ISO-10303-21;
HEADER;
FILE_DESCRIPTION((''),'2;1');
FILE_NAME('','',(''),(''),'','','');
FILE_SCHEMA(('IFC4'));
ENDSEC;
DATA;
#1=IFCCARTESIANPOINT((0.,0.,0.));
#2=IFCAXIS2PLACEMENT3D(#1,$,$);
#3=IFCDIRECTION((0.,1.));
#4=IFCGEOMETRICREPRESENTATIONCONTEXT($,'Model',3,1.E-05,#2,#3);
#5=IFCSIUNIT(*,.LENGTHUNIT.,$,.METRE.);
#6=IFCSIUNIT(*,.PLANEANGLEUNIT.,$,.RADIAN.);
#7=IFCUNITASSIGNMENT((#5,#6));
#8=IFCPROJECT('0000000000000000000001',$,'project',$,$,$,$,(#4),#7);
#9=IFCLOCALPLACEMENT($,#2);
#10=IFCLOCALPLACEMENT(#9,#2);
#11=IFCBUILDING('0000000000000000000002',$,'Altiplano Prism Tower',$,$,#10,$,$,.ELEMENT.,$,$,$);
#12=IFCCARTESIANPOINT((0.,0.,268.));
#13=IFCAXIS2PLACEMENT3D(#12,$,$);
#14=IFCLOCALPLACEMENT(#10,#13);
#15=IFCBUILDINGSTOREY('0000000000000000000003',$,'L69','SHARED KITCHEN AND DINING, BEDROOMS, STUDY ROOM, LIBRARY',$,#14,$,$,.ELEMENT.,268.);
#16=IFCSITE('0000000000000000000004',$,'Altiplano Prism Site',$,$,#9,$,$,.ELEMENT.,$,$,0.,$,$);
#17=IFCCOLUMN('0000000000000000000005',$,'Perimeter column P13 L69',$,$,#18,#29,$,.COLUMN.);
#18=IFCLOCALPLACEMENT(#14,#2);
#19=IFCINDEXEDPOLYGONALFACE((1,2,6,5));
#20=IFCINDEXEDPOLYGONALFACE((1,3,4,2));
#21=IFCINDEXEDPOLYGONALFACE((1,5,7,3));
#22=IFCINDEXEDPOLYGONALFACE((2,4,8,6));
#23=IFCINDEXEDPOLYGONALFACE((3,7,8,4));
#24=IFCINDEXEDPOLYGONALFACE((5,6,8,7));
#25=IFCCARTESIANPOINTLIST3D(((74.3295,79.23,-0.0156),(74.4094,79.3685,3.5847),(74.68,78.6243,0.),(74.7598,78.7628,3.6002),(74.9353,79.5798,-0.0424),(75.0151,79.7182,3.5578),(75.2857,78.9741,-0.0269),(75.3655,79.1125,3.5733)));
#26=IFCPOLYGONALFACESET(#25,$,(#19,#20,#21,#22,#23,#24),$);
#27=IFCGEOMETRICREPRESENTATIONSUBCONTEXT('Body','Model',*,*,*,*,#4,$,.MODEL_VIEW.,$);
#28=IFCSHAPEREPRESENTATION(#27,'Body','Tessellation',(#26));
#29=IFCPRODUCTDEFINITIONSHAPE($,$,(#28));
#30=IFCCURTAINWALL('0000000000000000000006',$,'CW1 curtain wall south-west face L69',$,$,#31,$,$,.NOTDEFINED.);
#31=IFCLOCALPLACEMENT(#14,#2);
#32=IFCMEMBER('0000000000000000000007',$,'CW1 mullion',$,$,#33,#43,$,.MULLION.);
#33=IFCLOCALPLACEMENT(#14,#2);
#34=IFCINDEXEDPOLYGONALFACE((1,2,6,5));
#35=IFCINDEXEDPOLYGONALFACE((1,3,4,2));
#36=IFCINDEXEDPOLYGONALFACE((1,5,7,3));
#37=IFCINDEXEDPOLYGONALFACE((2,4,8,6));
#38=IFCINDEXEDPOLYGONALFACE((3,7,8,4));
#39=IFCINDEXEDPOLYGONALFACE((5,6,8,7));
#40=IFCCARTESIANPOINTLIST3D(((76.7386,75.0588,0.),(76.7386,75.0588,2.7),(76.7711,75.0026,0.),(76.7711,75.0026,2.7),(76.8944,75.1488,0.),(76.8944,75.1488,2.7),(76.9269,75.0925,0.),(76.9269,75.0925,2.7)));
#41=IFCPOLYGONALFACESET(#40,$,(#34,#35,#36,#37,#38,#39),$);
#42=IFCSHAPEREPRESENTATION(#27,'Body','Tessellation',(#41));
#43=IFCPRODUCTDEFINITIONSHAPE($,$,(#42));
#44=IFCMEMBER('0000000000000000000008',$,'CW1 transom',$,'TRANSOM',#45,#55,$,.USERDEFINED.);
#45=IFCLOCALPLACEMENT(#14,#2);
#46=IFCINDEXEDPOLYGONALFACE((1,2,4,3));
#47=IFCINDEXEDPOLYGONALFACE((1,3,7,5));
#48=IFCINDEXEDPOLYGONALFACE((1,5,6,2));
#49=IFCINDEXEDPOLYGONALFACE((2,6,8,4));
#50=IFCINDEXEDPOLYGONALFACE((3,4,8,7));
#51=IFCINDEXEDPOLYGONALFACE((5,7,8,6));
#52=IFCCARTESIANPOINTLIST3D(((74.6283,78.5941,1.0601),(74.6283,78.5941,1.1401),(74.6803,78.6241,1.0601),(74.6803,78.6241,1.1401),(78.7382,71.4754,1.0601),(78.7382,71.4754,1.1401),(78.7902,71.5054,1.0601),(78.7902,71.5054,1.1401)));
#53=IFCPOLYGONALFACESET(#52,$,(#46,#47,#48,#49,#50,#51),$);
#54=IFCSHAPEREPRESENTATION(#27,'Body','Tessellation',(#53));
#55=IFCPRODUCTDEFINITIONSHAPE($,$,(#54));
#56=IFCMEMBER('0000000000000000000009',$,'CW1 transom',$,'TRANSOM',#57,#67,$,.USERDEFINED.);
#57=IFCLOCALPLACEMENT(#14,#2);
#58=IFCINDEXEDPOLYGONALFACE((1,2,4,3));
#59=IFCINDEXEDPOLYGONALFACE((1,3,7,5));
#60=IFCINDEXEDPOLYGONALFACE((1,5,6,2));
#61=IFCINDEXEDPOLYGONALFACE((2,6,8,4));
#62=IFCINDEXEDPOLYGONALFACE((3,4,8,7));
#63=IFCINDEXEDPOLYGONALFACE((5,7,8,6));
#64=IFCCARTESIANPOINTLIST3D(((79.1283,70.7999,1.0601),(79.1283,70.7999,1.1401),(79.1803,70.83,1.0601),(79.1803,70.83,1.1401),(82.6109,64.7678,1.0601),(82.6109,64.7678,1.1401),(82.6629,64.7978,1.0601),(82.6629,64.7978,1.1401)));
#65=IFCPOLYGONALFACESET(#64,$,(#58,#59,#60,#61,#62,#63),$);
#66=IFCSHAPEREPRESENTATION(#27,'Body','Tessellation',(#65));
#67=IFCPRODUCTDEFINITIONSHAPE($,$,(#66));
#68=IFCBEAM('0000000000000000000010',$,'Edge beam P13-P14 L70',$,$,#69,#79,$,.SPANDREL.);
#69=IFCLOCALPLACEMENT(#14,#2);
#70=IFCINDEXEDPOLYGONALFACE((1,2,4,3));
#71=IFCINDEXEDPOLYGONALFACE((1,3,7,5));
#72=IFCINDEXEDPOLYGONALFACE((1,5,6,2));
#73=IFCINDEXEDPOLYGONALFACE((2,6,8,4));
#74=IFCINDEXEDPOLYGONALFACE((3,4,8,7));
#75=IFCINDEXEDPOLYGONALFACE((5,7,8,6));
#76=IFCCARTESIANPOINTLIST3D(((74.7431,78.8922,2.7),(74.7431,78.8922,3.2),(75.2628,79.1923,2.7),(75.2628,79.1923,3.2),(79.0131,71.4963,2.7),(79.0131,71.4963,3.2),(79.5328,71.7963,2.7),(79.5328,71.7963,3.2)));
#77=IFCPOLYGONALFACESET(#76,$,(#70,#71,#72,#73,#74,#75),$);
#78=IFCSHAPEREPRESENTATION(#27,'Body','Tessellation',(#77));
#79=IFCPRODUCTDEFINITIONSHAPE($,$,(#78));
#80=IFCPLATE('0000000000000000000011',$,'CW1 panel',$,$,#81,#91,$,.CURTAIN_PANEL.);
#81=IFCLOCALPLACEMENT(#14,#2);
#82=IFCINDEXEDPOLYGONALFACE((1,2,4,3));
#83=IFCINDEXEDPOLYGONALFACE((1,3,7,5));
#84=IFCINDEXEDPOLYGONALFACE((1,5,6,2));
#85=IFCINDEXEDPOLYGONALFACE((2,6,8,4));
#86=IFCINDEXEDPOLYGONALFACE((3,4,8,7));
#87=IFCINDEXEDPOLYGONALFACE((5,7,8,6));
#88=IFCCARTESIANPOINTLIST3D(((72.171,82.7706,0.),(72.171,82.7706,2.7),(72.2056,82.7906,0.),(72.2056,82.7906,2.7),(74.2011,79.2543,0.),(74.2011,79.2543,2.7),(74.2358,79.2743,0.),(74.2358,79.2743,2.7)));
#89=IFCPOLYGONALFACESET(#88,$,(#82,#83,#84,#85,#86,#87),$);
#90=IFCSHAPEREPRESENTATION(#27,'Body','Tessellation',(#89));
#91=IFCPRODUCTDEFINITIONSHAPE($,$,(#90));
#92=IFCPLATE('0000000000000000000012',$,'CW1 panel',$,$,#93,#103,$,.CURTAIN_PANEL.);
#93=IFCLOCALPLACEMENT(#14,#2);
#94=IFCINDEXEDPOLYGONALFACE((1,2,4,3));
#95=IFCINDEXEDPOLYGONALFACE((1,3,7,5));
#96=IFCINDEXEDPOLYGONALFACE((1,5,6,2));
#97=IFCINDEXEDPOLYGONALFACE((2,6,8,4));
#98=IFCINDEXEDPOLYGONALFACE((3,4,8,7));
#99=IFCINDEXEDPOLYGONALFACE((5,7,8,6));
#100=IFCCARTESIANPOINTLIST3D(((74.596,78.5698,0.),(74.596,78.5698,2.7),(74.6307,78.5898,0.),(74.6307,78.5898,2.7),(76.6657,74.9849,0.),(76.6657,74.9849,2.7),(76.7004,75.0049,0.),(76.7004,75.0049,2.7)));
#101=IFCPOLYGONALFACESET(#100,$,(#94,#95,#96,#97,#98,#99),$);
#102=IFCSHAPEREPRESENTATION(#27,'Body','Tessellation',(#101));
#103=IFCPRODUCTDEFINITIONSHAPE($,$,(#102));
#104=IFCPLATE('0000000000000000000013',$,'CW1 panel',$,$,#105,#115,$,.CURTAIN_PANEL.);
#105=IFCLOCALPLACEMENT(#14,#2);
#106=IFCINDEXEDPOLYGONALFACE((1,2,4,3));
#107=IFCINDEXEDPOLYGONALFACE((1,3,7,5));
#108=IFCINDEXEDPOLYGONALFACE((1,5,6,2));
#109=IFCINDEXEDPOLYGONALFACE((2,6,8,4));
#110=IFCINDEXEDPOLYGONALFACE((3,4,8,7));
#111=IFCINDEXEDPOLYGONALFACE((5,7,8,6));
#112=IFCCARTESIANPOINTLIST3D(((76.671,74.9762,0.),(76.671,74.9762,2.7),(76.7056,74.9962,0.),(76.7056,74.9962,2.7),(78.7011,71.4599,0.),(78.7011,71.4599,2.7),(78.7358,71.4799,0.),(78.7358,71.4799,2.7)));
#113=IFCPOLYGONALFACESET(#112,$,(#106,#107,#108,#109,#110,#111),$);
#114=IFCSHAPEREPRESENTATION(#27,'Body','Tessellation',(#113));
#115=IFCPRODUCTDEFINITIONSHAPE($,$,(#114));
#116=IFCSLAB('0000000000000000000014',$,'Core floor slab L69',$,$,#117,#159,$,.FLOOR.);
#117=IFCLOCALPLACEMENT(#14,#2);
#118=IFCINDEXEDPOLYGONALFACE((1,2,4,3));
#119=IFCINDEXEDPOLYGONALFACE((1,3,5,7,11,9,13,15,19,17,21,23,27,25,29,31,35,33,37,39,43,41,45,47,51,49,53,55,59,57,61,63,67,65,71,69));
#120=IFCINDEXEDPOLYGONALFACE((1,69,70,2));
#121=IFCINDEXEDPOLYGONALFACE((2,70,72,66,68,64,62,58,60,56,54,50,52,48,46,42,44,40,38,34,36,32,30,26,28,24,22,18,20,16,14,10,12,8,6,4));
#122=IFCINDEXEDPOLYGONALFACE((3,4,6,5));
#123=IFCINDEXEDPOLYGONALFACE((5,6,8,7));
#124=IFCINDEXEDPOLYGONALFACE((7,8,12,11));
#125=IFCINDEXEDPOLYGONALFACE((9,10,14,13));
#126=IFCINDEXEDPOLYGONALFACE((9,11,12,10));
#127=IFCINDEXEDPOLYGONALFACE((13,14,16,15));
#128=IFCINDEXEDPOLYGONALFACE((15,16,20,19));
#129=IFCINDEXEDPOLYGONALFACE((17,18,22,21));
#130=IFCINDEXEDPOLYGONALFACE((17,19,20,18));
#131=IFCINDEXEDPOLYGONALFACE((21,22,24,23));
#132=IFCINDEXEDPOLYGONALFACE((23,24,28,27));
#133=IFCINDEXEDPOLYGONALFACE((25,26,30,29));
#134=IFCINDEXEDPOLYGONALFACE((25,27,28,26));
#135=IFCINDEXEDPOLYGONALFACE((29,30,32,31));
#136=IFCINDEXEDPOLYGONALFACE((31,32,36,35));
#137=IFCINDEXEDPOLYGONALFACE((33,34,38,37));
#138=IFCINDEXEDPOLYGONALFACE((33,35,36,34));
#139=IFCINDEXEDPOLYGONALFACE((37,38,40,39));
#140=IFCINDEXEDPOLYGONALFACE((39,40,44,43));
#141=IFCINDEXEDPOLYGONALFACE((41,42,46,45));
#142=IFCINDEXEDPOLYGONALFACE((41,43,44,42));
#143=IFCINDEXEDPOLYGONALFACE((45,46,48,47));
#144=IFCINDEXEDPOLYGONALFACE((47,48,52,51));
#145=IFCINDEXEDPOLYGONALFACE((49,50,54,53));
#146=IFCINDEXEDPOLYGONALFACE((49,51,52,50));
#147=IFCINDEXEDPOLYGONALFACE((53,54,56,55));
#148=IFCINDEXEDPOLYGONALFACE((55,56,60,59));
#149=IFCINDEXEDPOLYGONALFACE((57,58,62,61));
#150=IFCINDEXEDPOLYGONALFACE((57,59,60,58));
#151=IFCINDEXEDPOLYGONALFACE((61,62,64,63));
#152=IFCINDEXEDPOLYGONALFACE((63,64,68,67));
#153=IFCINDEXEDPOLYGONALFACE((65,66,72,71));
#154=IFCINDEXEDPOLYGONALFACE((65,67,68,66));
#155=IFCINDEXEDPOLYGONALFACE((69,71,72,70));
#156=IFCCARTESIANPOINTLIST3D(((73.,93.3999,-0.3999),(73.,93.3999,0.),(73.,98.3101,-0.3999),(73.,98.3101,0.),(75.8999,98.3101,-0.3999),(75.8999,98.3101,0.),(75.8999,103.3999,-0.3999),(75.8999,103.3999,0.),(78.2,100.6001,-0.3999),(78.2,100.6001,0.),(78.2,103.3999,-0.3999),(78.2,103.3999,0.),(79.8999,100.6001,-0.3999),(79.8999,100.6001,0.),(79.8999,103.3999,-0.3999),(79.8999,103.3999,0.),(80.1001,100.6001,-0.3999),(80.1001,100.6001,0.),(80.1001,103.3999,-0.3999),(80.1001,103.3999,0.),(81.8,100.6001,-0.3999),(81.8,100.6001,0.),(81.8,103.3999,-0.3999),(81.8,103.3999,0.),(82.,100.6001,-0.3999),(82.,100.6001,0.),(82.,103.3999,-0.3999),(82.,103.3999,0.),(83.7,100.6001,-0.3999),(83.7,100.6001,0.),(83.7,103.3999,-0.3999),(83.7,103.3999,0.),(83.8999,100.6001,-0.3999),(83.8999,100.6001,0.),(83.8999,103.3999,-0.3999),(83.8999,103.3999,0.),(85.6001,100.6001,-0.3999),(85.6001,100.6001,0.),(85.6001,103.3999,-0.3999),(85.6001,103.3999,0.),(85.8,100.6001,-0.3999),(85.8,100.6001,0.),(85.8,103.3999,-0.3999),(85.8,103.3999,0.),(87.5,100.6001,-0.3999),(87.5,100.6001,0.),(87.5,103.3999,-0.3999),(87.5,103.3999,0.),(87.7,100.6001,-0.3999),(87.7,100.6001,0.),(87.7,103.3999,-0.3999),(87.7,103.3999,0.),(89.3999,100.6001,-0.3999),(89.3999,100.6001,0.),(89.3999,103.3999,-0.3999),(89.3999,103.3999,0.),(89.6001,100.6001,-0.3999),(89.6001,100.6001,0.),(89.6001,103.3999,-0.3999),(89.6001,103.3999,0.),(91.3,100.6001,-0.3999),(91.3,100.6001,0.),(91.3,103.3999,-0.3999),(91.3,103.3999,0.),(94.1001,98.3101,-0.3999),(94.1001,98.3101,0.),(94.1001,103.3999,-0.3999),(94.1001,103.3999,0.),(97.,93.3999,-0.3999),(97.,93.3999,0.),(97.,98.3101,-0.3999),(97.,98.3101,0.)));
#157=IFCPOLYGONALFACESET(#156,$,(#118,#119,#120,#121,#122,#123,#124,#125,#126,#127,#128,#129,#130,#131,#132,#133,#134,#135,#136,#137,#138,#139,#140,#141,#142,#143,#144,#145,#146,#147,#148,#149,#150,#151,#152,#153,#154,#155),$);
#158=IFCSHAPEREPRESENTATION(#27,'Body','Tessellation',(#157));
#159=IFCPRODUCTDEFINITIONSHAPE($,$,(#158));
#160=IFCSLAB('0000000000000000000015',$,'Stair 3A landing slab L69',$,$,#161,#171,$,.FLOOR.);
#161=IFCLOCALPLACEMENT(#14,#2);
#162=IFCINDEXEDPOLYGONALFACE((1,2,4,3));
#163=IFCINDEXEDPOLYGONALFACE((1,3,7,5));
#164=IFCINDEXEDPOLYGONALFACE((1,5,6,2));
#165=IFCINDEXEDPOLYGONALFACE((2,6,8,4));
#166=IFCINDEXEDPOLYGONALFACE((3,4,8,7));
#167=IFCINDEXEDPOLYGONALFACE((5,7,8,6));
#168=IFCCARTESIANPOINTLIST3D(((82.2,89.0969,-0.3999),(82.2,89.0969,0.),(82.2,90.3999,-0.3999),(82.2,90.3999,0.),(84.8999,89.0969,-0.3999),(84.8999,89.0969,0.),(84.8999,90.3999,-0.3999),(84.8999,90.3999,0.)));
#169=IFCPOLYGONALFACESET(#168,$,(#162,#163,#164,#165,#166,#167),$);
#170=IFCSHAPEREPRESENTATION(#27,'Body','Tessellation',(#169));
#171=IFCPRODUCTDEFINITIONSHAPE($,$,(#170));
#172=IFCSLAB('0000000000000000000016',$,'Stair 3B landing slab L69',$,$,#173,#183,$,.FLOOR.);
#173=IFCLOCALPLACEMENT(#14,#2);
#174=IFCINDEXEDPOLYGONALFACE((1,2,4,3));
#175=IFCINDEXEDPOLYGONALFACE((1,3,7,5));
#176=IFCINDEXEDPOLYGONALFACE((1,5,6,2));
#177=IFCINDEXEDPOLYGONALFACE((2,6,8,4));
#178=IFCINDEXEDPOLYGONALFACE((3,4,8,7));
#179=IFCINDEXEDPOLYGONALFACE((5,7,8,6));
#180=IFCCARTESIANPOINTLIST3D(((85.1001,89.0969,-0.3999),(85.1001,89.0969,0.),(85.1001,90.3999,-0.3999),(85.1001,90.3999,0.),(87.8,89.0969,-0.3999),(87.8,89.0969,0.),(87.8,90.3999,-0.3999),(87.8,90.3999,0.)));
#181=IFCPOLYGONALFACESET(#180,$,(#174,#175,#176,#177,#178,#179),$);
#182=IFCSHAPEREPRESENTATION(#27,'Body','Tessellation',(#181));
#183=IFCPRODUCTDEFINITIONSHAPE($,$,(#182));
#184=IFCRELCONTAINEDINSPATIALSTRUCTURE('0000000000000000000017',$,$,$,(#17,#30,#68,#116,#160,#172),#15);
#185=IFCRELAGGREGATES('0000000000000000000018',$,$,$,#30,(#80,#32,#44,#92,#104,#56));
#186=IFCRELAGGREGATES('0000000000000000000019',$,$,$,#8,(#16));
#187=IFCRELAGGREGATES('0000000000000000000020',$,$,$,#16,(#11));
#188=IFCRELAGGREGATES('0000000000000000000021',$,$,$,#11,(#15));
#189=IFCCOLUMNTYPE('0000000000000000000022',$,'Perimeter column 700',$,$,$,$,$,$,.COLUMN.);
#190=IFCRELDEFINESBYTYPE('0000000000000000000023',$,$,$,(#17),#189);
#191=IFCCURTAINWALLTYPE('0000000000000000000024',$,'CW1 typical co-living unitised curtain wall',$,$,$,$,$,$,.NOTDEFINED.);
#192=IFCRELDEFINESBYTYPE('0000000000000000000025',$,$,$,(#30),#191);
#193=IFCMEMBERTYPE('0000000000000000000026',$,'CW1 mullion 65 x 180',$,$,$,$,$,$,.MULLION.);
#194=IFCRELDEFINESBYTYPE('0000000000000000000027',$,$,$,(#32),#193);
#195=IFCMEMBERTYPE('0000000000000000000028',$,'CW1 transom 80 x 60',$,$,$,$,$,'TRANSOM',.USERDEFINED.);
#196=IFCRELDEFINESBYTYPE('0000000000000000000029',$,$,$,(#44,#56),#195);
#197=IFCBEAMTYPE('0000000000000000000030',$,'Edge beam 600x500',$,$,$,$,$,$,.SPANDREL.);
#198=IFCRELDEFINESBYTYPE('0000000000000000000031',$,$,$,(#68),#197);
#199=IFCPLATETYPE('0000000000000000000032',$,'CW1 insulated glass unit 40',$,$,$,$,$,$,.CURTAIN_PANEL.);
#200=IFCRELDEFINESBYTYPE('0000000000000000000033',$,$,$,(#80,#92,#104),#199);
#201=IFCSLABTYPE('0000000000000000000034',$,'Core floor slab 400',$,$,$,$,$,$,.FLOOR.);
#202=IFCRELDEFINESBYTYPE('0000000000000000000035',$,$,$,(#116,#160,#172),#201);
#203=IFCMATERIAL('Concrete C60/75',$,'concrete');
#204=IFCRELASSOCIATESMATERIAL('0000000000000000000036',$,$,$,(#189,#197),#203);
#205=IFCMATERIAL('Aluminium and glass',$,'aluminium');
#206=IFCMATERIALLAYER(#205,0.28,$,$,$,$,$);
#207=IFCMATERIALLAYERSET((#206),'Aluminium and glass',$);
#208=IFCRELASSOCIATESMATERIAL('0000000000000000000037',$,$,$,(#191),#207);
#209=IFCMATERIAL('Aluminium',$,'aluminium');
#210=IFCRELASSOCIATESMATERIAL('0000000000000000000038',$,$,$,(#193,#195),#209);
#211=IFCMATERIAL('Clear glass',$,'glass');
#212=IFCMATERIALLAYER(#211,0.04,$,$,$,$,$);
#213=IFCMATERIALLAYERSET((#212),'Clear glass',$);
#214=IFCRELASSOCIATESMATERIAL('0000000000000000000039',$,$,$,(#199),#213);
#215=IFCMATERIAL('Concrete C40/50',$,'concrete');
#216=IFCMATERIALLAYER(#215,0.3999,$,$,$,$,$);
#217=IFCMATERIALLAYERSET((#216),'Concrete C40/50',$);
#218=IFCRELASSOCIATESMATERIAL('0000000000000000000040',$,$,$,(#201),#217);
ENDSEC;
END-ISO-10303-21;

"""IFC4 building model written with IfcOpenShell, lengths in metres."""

from ifc_helpers import new_model, si_unit, direction, frame, origin, origin_2d, place, context, subcontext, project, spatial, polyline, rectangle, outline, extrude, material, layer, layer_set, material_profile, profile_set, type_object, element, aggregate, save


model = new_model("IFC4")

# Units and contexts
model_context = context("Model", 3, precision=1e-05, world=origin(), true_north=direction((0.0, 1.0)))
body_context = subcontext(model_context, "Body", "Model", "MODEL_VIEW")
ifc_project = project(units=[si_unit("LENGTHUNIT", "METRE"), si_unit("PLANEANGLEUNIT", "RADIAN")], contexts=[model_context])

# Site, building, storey
site_placement = place(None, origin())
site = spatial("IfcSite", under=ifc_project, at=site_placement, Name="Altiplano Prism Site", CompositionType="ELEMENT", RefElevation=0.0)
building_placement = place(site_placement, origin())
building = spatial("IfcBuilding", under=site, at=building_placement, Name="Altiplano Prism Tower", CompositionType="ELEMENT")
storey_placement = place(building_placement, frame((0.0, 0.0, 268.0)))
storey = spatial("IfcBuildingStorey", under=building, at=storey_placement, Name="L69", Description="SHARED KITCHEN AND DINING, BEDROOMS, STUDY ROOM, LIBRARY", CompositionType="ELEMENT", Elevation=268.0)

# Column
ifc_material_1 = material(Name="Concrete C60/75", Category="concrete")
ifc_material_profile_1 = material_profile(ifc_material_1, rectangle(XDim=0.7, YDim=0.7, at=origin_2d()), Name="Perimeter column 700")
ifc_profile_set_1 = profile_set([ifc_material_profile_1], Name="Concrete C60/75")
column_type = type_object("IfcColumnType", Name="Perimeter column 700", PredefinedType="COLUMN", material=ifc_profile_set_1)
column_placement = place(storey_placement, frame((74.8076, 79.1021, -0.0212), z_axis=(0.022154, 0.038413, 0.999016), x_axis=(-0.865362, -0.499674, 0.038403)))
element("IfcColumn", 1, at=column_placement, inside=storey, type_object=column_type, Name="Perimeter column P13 L69", PredefinedType="COLUMN", context=body_context, shape_type="SweptSolid", body=[
    extrude(rectangle(XDim=0.7, YDim=0.7, at=origin_2d()), origin(), (0.0, 0.0, 1.0), 3.6038),
])

# Curtain wall, members
ifc_material_2 = material(Name="Aluminium and glass", Category="aluminium")
ifc_layer_1 = layer(ifc_material_2, 0.28)
ifc_layer_set_1 = layer_set([ifc_layer_1], Name="Aluminium and glass")
curtain_wall_type = type_object("IfcCurtainWallType", Name="CW1 typical co-living unitised curtain wall", PredefinedType="NOTDEFINED", material=ifc_layer_set_1)
curtain_wall_placement = place(storey_placement, origin())
curtain_wall = element("IfcCurtainWall", 2, at=curtain_wall_placement, inside=storey, type_object=curtain_wall_type, Name="CW1 curtain wall south-west face L69", PredefinedType="NOTDEFINED")
ifc_material_3 = material(Name="Aluminium", Category="aluminium")
ifc_material_profile_2 = material_profile(ifc_material_3, rectangle(XDim=0.1799, YDim=0.0649, at=origin_2d()), Name="CW1 mullion 65 x 180")
ifc_profile_set_2 = profile_set([ifc_material_profile_2], Name="Aluminium")
member_type_1 = type_object("IfcMemberType", Name="CW1 mullion 65 x 180", PredefinedType="MULLION", material=ifc_profile_set_2)
member_1_placement = place(storey_placement, frame((76.8328, 75.0757, 0.0), z_axis=(0.0, 0.0, 1.0), x_axis=(0.866025, 0.5, 0.0)))
member_1 = element("IfcMember", 3, at=member_1_placement, type_object=member_type_1, Name="CW1 mullion", PredefinedType="MULLION", context=body_context, shape_type="SweptSolid", body=[
    extrude(rectangle(XDim=0.1799, YDim=0.0649, at=origin_2d()), origin(), (0.0, 0.0, 1.0), 2.7),
])
ifc_material_profile_3 = material_profile(ifc_material_3, rectangle(XDim=0.0601, YDim=0.0801, at=origin_2d()), Name="CW1 transom 80 x 60")
ifc_profile_set_3 = profile_set([ifc_material_profile_3], Name="Aluminium")
member_type_2 = type_object("IfcMemberType", Name="CW1 transom 80 x 60", ElementType="TRANSOM", PredefinedType="USERDEFINED", material=ifc_profile_set_3)
member_2_placement = place(storey_placement, frame((74.6543, 78.6091, 1.1001), z_axis=(0.499992, -0.86603, 0.0), x_axis=(0.86603, 0.499992, 0.0)))
member_2 = element("IfcMember", 4, at=member_2_placement, type_object=member_type_2, Name="CW1 transom", ObjectType="TRANSOM", PredefinedType="USERDEFINED", context=body_context, shape_type="SweptSolid", body=[
    extrude(rectangle(XDim=0.0601, YDim=0.0801, at=origin_2d()), origin(), (0.0, 0.0, 1.0), 8.22),
])
member_3_placement = place(storey_placement, frame((79.1543, 70.8149, 1.1001), z_axis=(0.499996, -0.866028, 0.0), x_axis=(0.866028, 0.499996, 0.0)))
member_3 = element("IfcMember", 5, at=member_3_placement, type_object=member_type_2, Name="CW1 transom", ObjectType="TRANSOM", PredefinedType="USERDEFINED", context=body_context, shape_type="SweptSolid", body=[
    extrude(rectangle(XDim=0.0601, YDim=0.0801, at=origin_2d()), origin(), (0.0, 0.0, 1.0), 6.9653),
])

# Beam
ifc_material_profile_4 = material_profile(ifc_material_1, rectangle(XDim=0.6001, YDim=0.5, at=origin_2d()), Name="Edge beam 600x500")
ifc_profile_set_4 = profile_set([ifc_material_profile_4], Name="Concrete C60/75")
beam_type = type_object("IfcBeamType", Name="Edge beam 600x500", PredefinedType="SPANDREL", material=ifc_profile_set_4)
beam_placement = place(storey_placement, frame((75.0029, 79.0422, 2.95), z_axis=(0.499995, -0.866028, 0.0), x_axis=(0.866028, 0.499995, 0.0)))
element("IfcBeam", 6, at=beam_placement, inside=storey, type_object=beam_type, Name="Edge beam P13-P14 L70", PredefinedType="SPANDREL", context=body_context, shape_type="SweptSolid", body=[
    extrude(rectangle(XDim=0.6001, YDim=0.5, at=origin_2d()), origin(), (0.0, 0.0, 1.0), 8.54),
])

# Plates
ifc_material_4 = material(Name="Clear glass", Category="glass")
ifc_layer_2 = layer(ifc_material_4, 0.04)
ifc_layer_set_2 = layer_set([ifc_layer_2], Name="Clear glass")
plate_type = type_object("IfcPlateType", Name="CW1 insulated glass unit 40", PredefinedType="CURTAIN_PANEL", material=ifc_layer_set_2)
plate_1_placement = place(storey_placement, frame((73.2034, 81.0225, 0.0), z_axis=(0.0, 0.0, 1.0), x_axis=(0.5, -0.866025, 0.0)))
plate_1 = element("IfcPlate", 7, at=plate_1_placement, type_object=plate_type, Name="CW1 panel", PredefinedType="CURTAIN_PANEL", context=body_context, shape_type="SweptSolid", body=[
    extrude(rectangle(XDim=4.0603, YDim=0.04, at=origin_2d()), origin(), (0.0, 0.0, 1.0), 2.7),
])
plate_2_placement = place(storey_placement, frame((75.6482, 76.7874, 0.0), z_axis=(0.0, 0.0, 1.0), x_axis=(0.5, -0.866025, 0.0)))
plate_2 = element("IfcPlate", 8, at=plate_2_placement, type_object=plate_type, Name="CW1 panel", PredefinedType="CURTAIN_PANEL", context=body_context, shape_type="SweptSolid", body=[
    extrude(rectangle(XDim=4.1394, YDim=0.04, at=origin_2d()), origin(), (0.0, 0.0, 1.0), 2.7),
])
plate_3_placement = place(storey_placement, frame((77.7034, 73.228, 0.0), z_axis=(0.0, 0.0, 1.0), x_axis=(0.5, -0.866025, 0.0)))
plate_3 = element("IfcPlate", 9, at=plate_3_placement, type_object=plate_type, Name="CW1 panel", PredefinedType="CURTAIN_PANEL", context=body_context, shape_type="SweptSolid", body=[
    extrude(rectangle(XDim=4.0603, YDim=0.04, at=origin_2d()), origin(), (0.0, 0.0, 1.0), 2.7),
])
aggregate(curtain_wall, [plate_1, member_1, member_2, plate_2, plate_3, member_3])

# Slabs
ifc_material_5 = material(Name="Concrete C40/50", Category="concrete")
ifc_layer_3 = layer(ifc_material_5, 0.3999)
ifc_layer_set_3 = layer_set([ifc_layer_3], Name="Concrete C40/50")
slab_type_1 = type_object("IfcSlabType", Name="Core floor slab 400", PredefinedType="FLOOR", material=ifc_layer_set_3)
slab_1_placement = place(storey_placement, frame((0.0, 0.0, -0.3999)))
element("IfcSlab", 10, at=slab_1_placement, inside=storey, type_object=slab_type_1, Name="Core floor slab L69", PredefinedType="FLOOR", context=body_context, shape_type="SweptSolid", body=[
    extrude(outline(polyline([(97.0, 98.3101), (94.1001, 98.3101), (94.1001, 103.3999), (91.3, 103.3999), (91.3, 100.6001), (89.6001, 100.6001), (89.6001, 103.3999), (89.3999, 103.3999), (89.3999, 100.6001), (87.7, 100.6001), (87.7, 103.3999), (87.5, 103.3999), (87.5, 100.6001), (85.8, 100.6001), (85.8, 103.3999), (85.6001, 103.3999), (85.6001, 100.6001), (83.8999, 100.6001), (83.8999, 103.3999), (83.7, 103.3999), (83.7, 100.6001), (82.0, 100.6001), (82.0, 103.3999), (81.8, 103.3999), (81.8, 100.6001), (80.1001, 100.6001), (80.1001, 103.3999), (79.8999, 103.3999), (79.8999, 100.6001), (78.2, 100.6001), (78.2, 103.3999), (75.8999, 103.3999), (75.8999, 98.3101), (73.0, 98.3101), (73.0, 93.3999), (97.0, 93.3999), (97.0, 98.3101)])), origin(), (0.0, 0.0, 1.0), 0.3999),
])
slab_2_placement = place(storey_placement, frame((0.0, 0.0, -0.3999)))
element("IfcSlab", 11, at=slab_2_placement, inside=storey, type_object=slab_type_1, Name="Stair 3A landing slab L69", PredefinedType="FLOOR", context=body_context, shape_type="SweptSolid", body=[
    extrude(outline(polyline([(82.2, 89.0969), (84.8999, 89.0969), (84.8999, 90.3999), (82.2, 90.3999), (82.2, 89.0969)])), origin(), (0.0, 0.0, 1.0), 0.3999),
])
slab_3_placement = place(storey_placement, frame((0.0, 0.0, -0.3999)))
element("IfcSlab", 12, at=slab_3_placement, inside=storey, type_object=slab_type_1, Name="Stair 3B landing slab L69", PredefinedType="FLOOR", context=body_context, shape_type="SweptSolid", body=[
    extrude(outline(polyline([(85.1001, 89.0969), (87.8, 89.0969), (87.8, 90.3999), (85.1001, 90.3999), (85.1001, 89.0969)])), origin(), (0.0, 0.0, 1.0), 0.3999),
])

save(model, "model.ifc")
